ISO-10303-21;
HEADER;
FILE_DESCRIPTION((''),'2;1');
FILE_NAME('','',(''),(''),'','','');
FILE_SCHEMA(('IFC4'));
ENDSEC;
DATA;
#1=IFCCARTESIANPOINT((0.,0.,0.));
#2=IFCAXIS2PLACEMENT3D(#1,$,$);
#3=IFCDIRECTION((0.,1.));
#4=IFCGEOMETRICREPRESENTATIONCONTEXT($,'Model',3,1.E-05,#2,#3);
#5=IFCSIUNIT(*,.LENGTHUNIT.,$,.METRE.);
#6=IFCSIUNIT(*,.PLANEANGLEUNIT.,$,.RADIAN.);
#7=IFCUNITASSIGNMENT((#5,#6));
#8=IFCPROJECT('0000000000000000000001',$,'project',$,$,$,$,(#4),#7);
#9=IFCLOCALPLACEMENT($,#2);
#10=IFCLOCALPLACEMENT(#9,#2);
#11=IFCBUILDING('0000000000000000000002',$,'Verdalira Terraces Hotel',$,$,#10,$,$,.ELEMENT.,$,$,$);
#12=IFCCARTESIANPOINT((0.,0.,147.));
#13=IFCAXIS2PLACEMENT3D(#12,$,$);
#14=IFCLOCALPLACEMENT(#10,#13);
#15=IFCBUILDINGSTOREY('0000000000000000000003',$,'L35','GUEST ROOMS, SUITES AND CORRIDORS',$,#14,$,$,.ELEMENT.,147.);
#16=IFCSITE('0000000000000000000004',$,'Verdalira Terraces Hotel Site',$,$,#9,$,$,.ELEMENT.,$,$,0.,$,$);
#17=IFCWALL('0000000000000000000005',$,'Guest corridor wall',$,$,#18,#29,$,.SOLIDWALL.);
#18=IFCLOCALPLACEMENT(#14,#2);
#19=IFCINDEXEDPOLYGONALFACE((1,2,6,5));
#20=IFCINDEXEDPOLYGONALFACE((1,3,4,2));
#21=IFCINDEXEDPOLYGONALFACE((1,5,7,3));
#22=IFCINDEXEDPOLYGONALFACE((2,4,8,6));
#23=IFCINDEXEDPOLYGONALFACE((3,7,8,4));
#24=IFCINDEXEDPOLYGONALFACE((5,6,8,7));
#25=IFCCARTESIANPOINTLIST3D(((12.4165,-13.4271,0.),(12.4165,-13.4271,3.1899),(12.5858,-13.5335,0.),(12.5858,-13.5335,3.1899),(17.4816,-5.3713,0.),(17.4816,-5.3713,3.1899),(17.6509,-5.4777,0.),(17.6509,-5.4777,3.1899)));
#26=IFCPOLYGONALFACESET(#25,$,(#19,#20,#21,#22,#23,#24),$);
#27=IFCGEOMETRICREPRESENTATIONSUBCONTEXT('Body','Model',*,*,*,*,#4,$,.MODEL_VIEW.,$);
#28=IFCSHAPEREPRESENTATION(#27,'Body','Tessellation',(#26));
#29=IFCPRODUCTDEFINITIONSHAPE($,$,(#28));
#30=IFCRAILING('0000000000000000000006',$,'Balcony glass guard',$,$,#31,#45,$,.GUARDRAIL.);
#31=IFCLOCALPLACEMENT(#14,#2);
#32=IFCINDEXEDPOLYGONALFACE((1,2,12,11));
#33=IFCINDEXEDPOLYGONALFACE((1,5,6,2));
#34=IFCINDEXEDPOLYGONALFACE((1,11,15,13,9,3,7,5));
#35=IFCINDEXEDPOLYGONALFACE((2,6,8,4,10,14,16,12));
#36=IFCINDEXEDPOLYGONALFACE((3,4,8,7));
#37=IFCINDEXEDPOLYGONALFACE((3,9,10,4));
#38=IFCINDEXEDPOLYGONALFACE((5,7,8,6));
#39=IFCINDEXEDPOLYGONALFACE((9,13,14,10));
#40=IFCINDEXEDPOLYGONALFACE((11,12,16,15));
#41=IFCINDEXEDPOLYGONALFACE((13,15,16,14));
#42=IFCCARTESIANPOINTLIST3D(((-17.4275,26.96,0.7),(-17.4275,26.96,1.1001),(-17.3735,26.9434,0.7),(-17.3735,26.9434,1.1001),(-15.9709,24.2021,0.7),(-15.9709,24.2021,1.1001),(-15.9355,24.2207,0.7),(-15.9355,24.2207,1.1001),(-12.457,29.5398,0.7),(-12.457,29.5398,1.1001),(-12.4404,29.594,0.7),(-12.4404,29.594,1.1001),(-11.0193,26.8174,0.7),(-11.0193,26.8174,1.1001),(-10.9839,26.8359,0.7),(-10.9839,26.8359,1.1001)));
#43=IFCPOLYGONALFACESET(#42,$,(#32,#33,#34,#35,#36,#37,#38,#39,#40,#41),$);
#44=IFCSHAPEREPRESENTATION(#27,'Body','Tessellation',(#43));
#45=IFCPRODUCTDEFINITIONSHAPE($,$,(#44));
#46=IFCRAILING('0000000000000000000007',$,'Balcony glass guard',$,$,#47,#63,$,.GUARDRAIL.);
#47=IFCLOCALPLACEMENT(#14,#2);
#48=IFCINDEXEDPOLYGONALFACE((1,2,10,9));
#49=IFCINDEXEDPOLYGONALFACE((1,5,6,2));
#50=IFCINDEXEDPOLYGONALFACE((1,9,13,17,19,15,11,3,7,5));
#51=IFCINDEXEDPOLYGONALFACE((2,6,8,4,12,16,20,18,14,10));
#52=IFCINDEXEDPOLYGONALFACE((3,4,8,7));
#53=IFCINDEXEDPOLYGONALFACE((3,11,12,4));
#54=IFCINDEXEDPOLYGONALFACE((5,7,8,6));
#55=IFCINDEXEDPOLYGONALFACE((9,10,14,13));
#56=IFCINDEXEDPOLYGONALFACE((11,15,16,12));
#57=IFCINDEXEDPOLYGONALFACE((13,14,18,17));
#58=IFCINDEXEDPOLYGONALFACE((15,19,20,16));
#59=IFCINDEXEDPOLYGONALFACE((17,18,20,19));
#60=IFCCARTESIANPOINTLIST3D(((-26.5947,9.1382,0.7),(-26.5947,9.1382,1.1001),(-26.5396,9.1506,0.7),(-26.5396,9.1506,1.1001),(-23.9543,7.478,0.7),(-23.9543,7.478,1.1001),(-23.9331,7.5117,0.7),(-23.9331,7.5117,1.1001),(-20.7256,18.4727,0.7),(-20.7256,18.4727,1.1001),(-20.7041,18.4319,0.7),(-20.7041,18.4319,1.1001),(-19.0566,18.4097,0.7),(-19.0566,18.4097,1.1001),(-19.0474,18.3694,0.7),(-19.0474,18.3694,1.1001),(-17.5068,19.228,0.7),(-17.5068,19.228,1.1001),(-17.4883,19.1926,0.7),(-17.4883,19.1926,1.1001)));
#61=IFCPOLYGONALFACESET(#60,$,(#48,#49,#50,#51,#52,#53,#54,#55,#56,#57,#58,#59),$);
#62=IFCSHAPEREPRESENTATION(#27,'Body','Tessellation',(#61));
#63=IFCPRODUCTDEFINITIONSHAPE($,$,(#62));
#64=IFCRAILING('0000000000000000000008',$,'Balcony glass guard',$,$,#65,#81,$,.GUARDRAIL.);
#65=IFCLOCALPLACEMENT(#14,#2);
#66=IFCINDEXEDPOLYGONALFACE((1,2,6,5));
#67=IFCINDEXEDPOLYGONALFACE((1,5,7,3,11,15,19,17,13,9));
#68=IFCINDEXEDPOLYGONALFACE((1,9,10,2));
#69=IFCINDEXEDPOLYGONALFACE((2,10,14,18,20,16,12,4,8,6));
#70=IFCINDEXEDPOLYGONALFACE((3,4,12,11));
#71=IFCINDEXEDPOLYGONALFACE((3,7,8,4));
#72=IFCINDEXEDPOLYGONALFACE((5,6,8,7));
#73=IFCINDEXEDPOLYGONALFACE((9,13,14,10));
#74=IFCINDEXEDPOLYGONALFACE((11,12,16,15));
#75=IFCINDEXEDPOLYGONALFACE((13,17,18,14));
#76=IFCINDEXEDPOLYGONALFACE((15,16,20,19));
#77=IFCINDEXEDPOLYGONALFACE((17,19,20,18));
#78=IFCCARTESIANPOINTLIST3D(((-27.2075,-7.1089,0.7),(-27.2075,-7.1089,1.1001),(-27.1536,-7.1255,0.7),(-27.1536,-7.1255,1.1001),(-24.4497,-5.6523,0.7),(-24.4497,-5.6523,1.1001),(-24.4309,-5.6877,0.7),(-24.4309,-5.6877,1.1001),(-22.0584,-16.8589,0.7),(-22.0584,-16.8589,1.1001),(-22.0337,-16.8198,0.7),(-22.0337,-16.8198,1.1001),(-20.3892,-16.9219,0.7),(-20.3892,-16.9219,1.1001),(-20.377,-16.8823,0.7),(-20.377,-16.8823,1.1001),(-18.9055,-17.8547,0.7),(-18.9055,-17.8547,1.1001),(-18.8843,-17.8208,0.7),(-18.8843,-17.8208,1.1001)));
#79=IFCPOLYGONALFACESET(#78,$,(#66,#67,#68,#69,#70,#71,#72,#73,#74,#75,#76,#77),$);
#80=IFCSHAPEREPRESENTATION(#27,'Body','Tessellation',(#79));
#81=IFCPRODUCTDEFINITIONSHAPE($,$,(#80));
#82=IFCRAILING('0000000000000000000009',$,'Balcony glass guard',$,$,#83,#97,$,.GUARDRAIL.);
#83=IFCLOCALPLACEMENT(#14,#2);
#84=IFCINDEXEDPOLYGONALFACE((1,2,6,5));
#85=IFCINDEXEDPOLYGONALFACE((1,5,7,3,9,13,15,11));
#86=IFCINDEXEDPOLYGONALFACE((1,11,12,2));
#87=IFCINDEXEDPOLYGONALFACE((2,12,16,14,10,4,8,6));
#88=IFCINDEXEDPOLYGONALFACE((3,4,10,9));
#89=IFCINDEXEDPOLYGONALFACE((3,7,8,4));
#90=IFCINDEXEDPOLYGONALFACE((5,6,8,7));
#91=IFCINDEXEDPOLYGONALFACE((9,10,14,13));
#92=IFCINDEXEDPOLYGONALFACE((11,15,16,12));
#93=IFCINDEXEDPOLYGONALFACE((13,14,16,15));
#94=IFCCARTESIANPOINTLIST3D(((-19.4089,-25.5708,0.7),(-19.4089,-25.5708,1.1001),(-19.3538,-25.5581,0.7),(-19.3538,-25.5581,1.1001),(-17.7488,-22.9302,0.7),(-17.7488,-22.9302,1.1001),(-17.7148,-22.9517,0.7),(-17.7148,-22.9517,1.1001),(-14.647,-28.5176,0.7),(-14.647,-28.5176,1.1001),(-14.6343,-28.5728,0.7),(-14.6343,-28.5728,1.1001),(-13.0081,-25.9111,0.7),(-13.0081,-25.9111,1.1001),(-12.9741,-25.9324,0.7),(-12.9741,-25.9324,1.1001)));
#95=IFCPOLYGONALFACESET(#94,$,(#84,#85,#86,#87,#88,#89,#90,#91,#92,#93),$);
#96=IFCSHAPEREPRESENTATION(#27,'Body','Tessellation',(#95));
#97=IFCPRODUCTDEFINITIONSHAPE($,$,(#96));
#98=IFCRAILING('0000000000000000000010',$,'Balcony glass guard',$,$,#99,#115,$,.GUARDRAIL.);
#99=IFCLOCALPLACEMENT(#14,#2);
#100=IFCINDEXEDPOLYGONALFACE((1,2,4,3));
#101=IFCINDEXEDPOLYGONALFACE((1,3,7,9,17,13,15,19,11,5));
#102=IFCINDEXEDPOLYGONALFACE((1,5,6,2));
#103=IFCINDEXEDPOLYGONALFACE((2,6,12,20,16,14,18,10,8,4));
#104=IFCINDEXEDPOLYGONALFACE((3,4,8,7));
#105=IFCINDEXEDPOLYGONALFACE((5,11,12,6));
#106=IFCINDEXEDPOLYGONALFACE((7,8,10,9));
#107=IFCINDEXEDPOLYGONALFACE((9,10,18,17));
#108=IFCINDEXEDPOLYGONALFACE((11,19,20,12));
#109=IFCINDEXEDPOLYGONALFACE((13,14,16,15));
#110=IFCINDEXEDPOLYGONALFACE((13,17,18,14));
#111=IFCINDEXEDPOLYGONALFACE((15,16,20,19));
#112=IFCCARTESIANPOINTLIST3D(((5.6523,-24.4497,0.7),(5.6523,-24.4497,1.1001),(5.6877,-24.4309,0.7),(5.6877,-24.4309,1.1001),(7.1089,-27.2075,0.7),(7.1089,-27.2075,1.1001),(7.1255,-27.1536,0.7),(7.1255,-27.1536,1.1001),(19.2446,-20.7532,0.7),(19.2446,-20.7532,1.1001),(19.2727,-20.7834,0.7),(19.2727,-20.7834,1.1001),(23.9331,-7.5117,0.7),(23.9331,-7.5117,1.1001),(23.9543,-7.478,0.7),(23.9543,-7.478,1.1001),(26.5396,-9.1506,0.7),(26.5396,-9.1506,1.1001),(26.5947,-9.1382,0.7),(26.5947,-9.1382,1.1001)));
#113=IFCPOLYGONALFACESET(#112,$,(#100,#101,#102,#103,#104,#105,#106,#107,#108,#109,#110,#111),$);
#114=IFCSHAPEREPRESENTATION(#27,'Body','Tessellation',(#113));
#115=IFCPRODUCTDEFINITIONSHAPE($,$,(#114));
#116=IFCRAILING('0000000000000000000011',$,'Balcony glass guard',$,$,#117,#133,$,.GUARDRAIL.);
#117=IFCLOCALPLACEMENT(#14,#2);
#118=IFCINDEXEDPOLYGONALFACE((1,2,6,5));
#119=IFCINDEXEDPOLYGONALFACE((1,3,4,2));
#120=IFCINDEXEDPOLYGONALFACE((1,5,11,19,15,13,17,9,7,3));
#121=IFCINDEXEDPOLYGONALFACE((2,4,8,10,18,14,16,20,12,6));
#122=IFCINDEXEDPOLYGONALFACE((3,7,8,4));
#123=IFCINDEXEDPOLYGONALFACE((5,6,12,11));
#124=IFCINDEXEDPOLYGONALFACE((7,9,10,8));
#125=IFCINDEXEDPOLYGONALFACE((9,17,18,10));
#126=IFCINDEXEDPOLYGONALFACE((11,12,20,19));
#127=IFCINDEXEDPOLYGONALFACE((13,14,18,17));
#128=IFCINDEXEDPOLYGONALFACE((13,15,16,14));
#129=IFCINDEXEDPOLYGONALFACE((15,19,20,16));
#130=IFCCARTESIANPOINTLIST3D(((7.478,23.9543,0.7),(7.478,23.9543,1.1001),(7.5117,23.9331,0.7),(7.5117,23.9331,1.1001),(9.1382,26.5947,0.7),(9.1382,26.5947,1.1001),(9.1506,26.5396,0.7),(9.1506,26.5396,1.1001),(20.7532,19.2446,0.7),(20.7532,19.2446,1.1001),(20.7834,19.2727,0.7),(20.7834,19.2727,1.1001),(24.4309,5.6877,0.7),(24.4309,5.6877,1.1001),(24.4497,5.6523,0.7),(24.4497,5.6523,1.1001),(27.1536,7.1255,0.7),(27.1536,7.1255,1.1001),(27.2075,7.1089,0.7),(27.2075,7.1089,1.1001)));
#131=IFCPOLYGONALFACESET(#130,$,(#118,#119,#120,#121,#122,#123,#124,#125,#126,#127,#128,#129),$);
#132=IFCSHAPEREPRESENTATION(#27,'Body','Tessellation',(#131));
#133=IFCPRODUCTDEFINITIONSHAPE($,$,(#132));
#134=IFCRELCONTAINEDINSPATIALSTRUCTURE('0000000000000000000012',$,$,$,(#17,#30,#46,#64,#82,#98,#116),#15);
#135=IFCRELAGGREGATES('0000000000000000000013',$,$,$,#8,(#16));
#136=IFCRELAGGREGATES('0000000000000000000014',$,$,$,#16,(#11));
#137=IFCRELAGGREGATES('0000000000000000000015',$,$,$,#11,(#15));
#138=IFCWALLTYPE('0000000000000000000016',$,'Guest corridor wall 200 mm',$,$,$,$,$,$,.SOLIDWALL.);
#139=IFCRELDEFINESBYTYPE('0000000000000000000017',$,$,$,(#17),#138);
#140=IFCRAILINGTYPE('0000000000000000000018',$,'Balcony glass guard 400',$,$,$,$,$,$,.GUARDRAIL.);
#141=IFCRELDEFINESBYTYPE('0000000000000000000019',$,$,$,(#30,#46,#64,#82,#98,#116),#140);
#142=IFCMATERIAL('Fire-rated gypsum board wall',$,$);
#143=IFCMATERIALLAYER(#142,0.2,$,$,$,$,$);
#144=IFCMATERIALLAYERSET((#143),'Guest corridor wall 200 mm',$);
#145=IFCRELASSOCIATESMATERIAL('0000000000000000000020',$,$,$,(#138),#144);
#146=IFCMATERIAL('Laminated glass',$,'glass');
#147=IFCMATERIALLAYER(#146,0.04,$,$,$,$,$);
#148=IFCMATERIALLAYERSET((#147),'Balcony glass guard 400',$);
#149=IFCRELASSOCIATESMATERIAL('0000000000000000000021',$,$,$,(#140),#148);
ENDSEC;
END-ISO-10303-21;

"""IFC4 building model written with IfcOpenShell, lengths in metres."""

from ifc_helpers import new_model, si_unit, direction, frame, frame_2d, origin, place, context, subcontext, project, spatial, polyline, rectangle, outline, extrude, material, layer, layer_set, type_object, element, save


model = new_model("IFC4")

# Units and contexts
model_context = context("Model", 3, precision=1e-05, world=origin(), true_north=direction((0.0, 1.0)))
body_context = subcontext(model_context, "Body", "Model", "MODEL_VIEW")
ifc_project = project(units=[si_unit("LENGTHUNIT", "METRE"), si_unit("PLANEANGLEUNIT", "RADIAN")], contexts=[model_context])

# Site, building, storey
site_placement = place(None, origin())
site = spatial("IfcSite", under=ifc_project, at=site_placement, Name="Verdalira Terraces Hotel Site", CompositionType="ELEMENT", RefElevation=0.0)
building_placement = place(site_placement, origin())
building = spatial("IfcBuilding", under=site, at=building_placement, Name="Verdalira Terraces Hotel", CompositionType="ELEMENT")
storey_placement = place(building_placement, frame((0.0, 0.0, 147.0)))
storey = spatial("IfcBuildingStorey", under=building, at=storey_placement, Name="L35", Description="GUEST ROOMS, SUITES AND CORRIDORS", CompositionType="ELEMENT", Elevation=147.0)

# Shared definitions
ifc_material_1 = material(Name="Fire-rated gypsum board wall")
ifc_layer_1 = layer(ifc_material_1, 0.2)
ifc_layer_set_1 = layer_set([ifc_layer_1], Name="Guest corridor wall 200 mm")
wall_type_1 = type_object("IfcWallType", Name="Guest corridor wall 200 mm", PredefinedType="SOLIDWALL", material=ifc_layer_set_1)

# Wall
wall_1_placement = place(storey_placement, frame((12.5012, -13.4802, 0.0), z_axis=(0.0, 0.0, 1.0), x_axis=(0.532282, 0.846567, 0.0)))
element("IfcWall", 1, at=wall_1_placement, inside=storey, type_object=wall_type_1, Name="Guest corridor wall", PredefinedType="SOLIDWALL", context=body_context, shape_type="SweptSolid", body=[
    extrude(rectangle(XDim=9.5159, YDim=0.2, at=frame_2d((4.7578, 0.0))), origin(), (0.0, 0.0, 1.0), 3.1899),
])

# Railings
ifc_material_2 = material(Name="Laminated glass", Category="glass")
ifc_layer_2 = layer(ifc_material_2, 0.04)
ifc_layer_set_2 = layer_set([ifc_layer_2], Name="Balcony glass guard 400")
railing_type_1 = type_object("IfcRailingType", Name="Balcony glass guard 400", PredefinedType="GUARDRAIL", material=ifc_layer_set_2)
railing_1_placement = place(storey_placement, frame((0.0, 0.0, 0.7)))
element("IfcRailing", 2, at=railing_1_placement, inside=storey, type_object=railing_type_1, Name="Balcony glass guard", PredefinedType="GUARDRAIL", context=body_context, shape_type="SweptSolid", body=[
    extrude(outline(polyline([(-12.457, 29.5398), (-17.3735, 26.9434), (-15.9355, 24.2207), (-15.9709, 24.2021), (-17.4275, 26.96), (-12.4404, 29.594), (-10.9839, 26.8359), (-11.0193, 26.8174), (-12.457, 29.5398)])), origin(), (0.0, 0.0, 1.0), 0.4001),
])
railing_2_placement = place(storey_placement, frame((0.0, 0.0, 0.7)))
element("IfcRailing", 3, at=railing_2_placement, inside=storey, type_object=railing_type_1, Name="Balcony glass guard", PredefinedType="GUARDRAIL", context=body_context, shape_type="SweptSolid", body=[
    extrude(outline(polyline([(-19.0474, 18.3694), (-20.7041, 18.4319), (-26.5396, 9.1506), (-23.9331, 7.5117), (-23.9543, 7.478), (-26.5947, 9.1382), (-20.7256, 18.4727), (-19.0566, 18.4097), (-17.5068, 19.228), (-17.4883, 19.1926), (-19.0474, 18.3694)])), origin(), (0.0, 0.0, 1.0), 0.4001),
])
railing_3_placement = place(storey_placement, frame((0.0, 0.0, 0.7)))
element("IfcRailing", 4, at=railing_3_placement, inside=storey, type_object=railing_type_1, Name="Balcony glass guard", PredefinedType="GUARDRAIL", context=body_context, shape_type="SweptSolid", body=[
    extrude(outline(polyline([(-27.1536, -7.1255), (-22.0337, -16.8198), (-20.377, -16.8823), (-18.8843, -17.8208), (-18.9055, -17.8547), (-20.3892, -16.9219), (-22.0584, -16.8589), (-27.2075, -7.1089), (-24.4497, -5.6523), (-24.4309, -5.6877), (-27.1536, -7.1255)])), origin(), (0.0, 0.0, 1.0), 0.4001),
])
railing_4_placement = place(storey_placement, frame((0.0, 0.0, 0.7)))
element("IfcRailing", 5, at=railing_4_placement, inside=storey, type_object=railing_type_1, Name="Balcony glass guard", PredefinedType="GUARDRAIL", context=body_context, shape_type="SweptSolid", body=[
    extrude(outline(polyline([(-19.3538, -25.5581), (-14.647, -28.5176), (-13.0081, -25.9111), (-12.9741, -25.9324), (-14.6343, -28.5728), (-19.4089, -25.5708), (-17.7488, -22.9302), (-17.7148, -22.9517), (-19.3538, -25.5581)])), origin(), (0.0, 0.0, 1.0), 0.4001),
])
railing_5_placement = place(storey_placement, frame((0.0, 0.0, 0.7)))
element("IfcRailing", 6, at=railing_5_placement, inside=storey, type_object=railing_type_1, Name="Balcony glass guard", PredefinedType="GUARDRAIL", context=body_context, shape_type="SweptSolid", body=[
    extrude(outline(polyline([(7.1255, -27.1536), (19.2446, -20.7532), (26.5396, -9.1506), (23.9331, -7.5117), (23.9543, -7.478), (26.5947, -9.1382), (19.2727, -20.7834), (7.1089, -27.2075), (5.6523, -24.4497), (5.6877, -24.4309), (7.1255, -27.1536)])), origin(), (0.0, 0.0, 1.0), 0.4001),
])
railing_6_placement = place(storey_placement, frame((0.0, 0.0, 0.7)))
element("IfcRailing", 7, at=railing_6_placement, inside=storey, type_object=railing_type_1, Name="Balcony glass guard", PredefinedType="GUARDRAIL", context=body_context, shape_type="SweptSolid", body=[
    extrude(outline(polyline([(27.1536, 7.1255), (20.7532, 19.2446), (9.1506, 26.5396), (7.5117, 23.9331), (7.478, 23.9543), (9.1382, 26.5947), (20.7834, 19.2727), (27.2075, 7.1089), (24.4497, 5.6523), (24.4309, 5.6877), (27.1536, 7.1255)])), origin(), (0.0, 0.0, 1.0), 0.4001),
])

save(model, "model.ifc")
